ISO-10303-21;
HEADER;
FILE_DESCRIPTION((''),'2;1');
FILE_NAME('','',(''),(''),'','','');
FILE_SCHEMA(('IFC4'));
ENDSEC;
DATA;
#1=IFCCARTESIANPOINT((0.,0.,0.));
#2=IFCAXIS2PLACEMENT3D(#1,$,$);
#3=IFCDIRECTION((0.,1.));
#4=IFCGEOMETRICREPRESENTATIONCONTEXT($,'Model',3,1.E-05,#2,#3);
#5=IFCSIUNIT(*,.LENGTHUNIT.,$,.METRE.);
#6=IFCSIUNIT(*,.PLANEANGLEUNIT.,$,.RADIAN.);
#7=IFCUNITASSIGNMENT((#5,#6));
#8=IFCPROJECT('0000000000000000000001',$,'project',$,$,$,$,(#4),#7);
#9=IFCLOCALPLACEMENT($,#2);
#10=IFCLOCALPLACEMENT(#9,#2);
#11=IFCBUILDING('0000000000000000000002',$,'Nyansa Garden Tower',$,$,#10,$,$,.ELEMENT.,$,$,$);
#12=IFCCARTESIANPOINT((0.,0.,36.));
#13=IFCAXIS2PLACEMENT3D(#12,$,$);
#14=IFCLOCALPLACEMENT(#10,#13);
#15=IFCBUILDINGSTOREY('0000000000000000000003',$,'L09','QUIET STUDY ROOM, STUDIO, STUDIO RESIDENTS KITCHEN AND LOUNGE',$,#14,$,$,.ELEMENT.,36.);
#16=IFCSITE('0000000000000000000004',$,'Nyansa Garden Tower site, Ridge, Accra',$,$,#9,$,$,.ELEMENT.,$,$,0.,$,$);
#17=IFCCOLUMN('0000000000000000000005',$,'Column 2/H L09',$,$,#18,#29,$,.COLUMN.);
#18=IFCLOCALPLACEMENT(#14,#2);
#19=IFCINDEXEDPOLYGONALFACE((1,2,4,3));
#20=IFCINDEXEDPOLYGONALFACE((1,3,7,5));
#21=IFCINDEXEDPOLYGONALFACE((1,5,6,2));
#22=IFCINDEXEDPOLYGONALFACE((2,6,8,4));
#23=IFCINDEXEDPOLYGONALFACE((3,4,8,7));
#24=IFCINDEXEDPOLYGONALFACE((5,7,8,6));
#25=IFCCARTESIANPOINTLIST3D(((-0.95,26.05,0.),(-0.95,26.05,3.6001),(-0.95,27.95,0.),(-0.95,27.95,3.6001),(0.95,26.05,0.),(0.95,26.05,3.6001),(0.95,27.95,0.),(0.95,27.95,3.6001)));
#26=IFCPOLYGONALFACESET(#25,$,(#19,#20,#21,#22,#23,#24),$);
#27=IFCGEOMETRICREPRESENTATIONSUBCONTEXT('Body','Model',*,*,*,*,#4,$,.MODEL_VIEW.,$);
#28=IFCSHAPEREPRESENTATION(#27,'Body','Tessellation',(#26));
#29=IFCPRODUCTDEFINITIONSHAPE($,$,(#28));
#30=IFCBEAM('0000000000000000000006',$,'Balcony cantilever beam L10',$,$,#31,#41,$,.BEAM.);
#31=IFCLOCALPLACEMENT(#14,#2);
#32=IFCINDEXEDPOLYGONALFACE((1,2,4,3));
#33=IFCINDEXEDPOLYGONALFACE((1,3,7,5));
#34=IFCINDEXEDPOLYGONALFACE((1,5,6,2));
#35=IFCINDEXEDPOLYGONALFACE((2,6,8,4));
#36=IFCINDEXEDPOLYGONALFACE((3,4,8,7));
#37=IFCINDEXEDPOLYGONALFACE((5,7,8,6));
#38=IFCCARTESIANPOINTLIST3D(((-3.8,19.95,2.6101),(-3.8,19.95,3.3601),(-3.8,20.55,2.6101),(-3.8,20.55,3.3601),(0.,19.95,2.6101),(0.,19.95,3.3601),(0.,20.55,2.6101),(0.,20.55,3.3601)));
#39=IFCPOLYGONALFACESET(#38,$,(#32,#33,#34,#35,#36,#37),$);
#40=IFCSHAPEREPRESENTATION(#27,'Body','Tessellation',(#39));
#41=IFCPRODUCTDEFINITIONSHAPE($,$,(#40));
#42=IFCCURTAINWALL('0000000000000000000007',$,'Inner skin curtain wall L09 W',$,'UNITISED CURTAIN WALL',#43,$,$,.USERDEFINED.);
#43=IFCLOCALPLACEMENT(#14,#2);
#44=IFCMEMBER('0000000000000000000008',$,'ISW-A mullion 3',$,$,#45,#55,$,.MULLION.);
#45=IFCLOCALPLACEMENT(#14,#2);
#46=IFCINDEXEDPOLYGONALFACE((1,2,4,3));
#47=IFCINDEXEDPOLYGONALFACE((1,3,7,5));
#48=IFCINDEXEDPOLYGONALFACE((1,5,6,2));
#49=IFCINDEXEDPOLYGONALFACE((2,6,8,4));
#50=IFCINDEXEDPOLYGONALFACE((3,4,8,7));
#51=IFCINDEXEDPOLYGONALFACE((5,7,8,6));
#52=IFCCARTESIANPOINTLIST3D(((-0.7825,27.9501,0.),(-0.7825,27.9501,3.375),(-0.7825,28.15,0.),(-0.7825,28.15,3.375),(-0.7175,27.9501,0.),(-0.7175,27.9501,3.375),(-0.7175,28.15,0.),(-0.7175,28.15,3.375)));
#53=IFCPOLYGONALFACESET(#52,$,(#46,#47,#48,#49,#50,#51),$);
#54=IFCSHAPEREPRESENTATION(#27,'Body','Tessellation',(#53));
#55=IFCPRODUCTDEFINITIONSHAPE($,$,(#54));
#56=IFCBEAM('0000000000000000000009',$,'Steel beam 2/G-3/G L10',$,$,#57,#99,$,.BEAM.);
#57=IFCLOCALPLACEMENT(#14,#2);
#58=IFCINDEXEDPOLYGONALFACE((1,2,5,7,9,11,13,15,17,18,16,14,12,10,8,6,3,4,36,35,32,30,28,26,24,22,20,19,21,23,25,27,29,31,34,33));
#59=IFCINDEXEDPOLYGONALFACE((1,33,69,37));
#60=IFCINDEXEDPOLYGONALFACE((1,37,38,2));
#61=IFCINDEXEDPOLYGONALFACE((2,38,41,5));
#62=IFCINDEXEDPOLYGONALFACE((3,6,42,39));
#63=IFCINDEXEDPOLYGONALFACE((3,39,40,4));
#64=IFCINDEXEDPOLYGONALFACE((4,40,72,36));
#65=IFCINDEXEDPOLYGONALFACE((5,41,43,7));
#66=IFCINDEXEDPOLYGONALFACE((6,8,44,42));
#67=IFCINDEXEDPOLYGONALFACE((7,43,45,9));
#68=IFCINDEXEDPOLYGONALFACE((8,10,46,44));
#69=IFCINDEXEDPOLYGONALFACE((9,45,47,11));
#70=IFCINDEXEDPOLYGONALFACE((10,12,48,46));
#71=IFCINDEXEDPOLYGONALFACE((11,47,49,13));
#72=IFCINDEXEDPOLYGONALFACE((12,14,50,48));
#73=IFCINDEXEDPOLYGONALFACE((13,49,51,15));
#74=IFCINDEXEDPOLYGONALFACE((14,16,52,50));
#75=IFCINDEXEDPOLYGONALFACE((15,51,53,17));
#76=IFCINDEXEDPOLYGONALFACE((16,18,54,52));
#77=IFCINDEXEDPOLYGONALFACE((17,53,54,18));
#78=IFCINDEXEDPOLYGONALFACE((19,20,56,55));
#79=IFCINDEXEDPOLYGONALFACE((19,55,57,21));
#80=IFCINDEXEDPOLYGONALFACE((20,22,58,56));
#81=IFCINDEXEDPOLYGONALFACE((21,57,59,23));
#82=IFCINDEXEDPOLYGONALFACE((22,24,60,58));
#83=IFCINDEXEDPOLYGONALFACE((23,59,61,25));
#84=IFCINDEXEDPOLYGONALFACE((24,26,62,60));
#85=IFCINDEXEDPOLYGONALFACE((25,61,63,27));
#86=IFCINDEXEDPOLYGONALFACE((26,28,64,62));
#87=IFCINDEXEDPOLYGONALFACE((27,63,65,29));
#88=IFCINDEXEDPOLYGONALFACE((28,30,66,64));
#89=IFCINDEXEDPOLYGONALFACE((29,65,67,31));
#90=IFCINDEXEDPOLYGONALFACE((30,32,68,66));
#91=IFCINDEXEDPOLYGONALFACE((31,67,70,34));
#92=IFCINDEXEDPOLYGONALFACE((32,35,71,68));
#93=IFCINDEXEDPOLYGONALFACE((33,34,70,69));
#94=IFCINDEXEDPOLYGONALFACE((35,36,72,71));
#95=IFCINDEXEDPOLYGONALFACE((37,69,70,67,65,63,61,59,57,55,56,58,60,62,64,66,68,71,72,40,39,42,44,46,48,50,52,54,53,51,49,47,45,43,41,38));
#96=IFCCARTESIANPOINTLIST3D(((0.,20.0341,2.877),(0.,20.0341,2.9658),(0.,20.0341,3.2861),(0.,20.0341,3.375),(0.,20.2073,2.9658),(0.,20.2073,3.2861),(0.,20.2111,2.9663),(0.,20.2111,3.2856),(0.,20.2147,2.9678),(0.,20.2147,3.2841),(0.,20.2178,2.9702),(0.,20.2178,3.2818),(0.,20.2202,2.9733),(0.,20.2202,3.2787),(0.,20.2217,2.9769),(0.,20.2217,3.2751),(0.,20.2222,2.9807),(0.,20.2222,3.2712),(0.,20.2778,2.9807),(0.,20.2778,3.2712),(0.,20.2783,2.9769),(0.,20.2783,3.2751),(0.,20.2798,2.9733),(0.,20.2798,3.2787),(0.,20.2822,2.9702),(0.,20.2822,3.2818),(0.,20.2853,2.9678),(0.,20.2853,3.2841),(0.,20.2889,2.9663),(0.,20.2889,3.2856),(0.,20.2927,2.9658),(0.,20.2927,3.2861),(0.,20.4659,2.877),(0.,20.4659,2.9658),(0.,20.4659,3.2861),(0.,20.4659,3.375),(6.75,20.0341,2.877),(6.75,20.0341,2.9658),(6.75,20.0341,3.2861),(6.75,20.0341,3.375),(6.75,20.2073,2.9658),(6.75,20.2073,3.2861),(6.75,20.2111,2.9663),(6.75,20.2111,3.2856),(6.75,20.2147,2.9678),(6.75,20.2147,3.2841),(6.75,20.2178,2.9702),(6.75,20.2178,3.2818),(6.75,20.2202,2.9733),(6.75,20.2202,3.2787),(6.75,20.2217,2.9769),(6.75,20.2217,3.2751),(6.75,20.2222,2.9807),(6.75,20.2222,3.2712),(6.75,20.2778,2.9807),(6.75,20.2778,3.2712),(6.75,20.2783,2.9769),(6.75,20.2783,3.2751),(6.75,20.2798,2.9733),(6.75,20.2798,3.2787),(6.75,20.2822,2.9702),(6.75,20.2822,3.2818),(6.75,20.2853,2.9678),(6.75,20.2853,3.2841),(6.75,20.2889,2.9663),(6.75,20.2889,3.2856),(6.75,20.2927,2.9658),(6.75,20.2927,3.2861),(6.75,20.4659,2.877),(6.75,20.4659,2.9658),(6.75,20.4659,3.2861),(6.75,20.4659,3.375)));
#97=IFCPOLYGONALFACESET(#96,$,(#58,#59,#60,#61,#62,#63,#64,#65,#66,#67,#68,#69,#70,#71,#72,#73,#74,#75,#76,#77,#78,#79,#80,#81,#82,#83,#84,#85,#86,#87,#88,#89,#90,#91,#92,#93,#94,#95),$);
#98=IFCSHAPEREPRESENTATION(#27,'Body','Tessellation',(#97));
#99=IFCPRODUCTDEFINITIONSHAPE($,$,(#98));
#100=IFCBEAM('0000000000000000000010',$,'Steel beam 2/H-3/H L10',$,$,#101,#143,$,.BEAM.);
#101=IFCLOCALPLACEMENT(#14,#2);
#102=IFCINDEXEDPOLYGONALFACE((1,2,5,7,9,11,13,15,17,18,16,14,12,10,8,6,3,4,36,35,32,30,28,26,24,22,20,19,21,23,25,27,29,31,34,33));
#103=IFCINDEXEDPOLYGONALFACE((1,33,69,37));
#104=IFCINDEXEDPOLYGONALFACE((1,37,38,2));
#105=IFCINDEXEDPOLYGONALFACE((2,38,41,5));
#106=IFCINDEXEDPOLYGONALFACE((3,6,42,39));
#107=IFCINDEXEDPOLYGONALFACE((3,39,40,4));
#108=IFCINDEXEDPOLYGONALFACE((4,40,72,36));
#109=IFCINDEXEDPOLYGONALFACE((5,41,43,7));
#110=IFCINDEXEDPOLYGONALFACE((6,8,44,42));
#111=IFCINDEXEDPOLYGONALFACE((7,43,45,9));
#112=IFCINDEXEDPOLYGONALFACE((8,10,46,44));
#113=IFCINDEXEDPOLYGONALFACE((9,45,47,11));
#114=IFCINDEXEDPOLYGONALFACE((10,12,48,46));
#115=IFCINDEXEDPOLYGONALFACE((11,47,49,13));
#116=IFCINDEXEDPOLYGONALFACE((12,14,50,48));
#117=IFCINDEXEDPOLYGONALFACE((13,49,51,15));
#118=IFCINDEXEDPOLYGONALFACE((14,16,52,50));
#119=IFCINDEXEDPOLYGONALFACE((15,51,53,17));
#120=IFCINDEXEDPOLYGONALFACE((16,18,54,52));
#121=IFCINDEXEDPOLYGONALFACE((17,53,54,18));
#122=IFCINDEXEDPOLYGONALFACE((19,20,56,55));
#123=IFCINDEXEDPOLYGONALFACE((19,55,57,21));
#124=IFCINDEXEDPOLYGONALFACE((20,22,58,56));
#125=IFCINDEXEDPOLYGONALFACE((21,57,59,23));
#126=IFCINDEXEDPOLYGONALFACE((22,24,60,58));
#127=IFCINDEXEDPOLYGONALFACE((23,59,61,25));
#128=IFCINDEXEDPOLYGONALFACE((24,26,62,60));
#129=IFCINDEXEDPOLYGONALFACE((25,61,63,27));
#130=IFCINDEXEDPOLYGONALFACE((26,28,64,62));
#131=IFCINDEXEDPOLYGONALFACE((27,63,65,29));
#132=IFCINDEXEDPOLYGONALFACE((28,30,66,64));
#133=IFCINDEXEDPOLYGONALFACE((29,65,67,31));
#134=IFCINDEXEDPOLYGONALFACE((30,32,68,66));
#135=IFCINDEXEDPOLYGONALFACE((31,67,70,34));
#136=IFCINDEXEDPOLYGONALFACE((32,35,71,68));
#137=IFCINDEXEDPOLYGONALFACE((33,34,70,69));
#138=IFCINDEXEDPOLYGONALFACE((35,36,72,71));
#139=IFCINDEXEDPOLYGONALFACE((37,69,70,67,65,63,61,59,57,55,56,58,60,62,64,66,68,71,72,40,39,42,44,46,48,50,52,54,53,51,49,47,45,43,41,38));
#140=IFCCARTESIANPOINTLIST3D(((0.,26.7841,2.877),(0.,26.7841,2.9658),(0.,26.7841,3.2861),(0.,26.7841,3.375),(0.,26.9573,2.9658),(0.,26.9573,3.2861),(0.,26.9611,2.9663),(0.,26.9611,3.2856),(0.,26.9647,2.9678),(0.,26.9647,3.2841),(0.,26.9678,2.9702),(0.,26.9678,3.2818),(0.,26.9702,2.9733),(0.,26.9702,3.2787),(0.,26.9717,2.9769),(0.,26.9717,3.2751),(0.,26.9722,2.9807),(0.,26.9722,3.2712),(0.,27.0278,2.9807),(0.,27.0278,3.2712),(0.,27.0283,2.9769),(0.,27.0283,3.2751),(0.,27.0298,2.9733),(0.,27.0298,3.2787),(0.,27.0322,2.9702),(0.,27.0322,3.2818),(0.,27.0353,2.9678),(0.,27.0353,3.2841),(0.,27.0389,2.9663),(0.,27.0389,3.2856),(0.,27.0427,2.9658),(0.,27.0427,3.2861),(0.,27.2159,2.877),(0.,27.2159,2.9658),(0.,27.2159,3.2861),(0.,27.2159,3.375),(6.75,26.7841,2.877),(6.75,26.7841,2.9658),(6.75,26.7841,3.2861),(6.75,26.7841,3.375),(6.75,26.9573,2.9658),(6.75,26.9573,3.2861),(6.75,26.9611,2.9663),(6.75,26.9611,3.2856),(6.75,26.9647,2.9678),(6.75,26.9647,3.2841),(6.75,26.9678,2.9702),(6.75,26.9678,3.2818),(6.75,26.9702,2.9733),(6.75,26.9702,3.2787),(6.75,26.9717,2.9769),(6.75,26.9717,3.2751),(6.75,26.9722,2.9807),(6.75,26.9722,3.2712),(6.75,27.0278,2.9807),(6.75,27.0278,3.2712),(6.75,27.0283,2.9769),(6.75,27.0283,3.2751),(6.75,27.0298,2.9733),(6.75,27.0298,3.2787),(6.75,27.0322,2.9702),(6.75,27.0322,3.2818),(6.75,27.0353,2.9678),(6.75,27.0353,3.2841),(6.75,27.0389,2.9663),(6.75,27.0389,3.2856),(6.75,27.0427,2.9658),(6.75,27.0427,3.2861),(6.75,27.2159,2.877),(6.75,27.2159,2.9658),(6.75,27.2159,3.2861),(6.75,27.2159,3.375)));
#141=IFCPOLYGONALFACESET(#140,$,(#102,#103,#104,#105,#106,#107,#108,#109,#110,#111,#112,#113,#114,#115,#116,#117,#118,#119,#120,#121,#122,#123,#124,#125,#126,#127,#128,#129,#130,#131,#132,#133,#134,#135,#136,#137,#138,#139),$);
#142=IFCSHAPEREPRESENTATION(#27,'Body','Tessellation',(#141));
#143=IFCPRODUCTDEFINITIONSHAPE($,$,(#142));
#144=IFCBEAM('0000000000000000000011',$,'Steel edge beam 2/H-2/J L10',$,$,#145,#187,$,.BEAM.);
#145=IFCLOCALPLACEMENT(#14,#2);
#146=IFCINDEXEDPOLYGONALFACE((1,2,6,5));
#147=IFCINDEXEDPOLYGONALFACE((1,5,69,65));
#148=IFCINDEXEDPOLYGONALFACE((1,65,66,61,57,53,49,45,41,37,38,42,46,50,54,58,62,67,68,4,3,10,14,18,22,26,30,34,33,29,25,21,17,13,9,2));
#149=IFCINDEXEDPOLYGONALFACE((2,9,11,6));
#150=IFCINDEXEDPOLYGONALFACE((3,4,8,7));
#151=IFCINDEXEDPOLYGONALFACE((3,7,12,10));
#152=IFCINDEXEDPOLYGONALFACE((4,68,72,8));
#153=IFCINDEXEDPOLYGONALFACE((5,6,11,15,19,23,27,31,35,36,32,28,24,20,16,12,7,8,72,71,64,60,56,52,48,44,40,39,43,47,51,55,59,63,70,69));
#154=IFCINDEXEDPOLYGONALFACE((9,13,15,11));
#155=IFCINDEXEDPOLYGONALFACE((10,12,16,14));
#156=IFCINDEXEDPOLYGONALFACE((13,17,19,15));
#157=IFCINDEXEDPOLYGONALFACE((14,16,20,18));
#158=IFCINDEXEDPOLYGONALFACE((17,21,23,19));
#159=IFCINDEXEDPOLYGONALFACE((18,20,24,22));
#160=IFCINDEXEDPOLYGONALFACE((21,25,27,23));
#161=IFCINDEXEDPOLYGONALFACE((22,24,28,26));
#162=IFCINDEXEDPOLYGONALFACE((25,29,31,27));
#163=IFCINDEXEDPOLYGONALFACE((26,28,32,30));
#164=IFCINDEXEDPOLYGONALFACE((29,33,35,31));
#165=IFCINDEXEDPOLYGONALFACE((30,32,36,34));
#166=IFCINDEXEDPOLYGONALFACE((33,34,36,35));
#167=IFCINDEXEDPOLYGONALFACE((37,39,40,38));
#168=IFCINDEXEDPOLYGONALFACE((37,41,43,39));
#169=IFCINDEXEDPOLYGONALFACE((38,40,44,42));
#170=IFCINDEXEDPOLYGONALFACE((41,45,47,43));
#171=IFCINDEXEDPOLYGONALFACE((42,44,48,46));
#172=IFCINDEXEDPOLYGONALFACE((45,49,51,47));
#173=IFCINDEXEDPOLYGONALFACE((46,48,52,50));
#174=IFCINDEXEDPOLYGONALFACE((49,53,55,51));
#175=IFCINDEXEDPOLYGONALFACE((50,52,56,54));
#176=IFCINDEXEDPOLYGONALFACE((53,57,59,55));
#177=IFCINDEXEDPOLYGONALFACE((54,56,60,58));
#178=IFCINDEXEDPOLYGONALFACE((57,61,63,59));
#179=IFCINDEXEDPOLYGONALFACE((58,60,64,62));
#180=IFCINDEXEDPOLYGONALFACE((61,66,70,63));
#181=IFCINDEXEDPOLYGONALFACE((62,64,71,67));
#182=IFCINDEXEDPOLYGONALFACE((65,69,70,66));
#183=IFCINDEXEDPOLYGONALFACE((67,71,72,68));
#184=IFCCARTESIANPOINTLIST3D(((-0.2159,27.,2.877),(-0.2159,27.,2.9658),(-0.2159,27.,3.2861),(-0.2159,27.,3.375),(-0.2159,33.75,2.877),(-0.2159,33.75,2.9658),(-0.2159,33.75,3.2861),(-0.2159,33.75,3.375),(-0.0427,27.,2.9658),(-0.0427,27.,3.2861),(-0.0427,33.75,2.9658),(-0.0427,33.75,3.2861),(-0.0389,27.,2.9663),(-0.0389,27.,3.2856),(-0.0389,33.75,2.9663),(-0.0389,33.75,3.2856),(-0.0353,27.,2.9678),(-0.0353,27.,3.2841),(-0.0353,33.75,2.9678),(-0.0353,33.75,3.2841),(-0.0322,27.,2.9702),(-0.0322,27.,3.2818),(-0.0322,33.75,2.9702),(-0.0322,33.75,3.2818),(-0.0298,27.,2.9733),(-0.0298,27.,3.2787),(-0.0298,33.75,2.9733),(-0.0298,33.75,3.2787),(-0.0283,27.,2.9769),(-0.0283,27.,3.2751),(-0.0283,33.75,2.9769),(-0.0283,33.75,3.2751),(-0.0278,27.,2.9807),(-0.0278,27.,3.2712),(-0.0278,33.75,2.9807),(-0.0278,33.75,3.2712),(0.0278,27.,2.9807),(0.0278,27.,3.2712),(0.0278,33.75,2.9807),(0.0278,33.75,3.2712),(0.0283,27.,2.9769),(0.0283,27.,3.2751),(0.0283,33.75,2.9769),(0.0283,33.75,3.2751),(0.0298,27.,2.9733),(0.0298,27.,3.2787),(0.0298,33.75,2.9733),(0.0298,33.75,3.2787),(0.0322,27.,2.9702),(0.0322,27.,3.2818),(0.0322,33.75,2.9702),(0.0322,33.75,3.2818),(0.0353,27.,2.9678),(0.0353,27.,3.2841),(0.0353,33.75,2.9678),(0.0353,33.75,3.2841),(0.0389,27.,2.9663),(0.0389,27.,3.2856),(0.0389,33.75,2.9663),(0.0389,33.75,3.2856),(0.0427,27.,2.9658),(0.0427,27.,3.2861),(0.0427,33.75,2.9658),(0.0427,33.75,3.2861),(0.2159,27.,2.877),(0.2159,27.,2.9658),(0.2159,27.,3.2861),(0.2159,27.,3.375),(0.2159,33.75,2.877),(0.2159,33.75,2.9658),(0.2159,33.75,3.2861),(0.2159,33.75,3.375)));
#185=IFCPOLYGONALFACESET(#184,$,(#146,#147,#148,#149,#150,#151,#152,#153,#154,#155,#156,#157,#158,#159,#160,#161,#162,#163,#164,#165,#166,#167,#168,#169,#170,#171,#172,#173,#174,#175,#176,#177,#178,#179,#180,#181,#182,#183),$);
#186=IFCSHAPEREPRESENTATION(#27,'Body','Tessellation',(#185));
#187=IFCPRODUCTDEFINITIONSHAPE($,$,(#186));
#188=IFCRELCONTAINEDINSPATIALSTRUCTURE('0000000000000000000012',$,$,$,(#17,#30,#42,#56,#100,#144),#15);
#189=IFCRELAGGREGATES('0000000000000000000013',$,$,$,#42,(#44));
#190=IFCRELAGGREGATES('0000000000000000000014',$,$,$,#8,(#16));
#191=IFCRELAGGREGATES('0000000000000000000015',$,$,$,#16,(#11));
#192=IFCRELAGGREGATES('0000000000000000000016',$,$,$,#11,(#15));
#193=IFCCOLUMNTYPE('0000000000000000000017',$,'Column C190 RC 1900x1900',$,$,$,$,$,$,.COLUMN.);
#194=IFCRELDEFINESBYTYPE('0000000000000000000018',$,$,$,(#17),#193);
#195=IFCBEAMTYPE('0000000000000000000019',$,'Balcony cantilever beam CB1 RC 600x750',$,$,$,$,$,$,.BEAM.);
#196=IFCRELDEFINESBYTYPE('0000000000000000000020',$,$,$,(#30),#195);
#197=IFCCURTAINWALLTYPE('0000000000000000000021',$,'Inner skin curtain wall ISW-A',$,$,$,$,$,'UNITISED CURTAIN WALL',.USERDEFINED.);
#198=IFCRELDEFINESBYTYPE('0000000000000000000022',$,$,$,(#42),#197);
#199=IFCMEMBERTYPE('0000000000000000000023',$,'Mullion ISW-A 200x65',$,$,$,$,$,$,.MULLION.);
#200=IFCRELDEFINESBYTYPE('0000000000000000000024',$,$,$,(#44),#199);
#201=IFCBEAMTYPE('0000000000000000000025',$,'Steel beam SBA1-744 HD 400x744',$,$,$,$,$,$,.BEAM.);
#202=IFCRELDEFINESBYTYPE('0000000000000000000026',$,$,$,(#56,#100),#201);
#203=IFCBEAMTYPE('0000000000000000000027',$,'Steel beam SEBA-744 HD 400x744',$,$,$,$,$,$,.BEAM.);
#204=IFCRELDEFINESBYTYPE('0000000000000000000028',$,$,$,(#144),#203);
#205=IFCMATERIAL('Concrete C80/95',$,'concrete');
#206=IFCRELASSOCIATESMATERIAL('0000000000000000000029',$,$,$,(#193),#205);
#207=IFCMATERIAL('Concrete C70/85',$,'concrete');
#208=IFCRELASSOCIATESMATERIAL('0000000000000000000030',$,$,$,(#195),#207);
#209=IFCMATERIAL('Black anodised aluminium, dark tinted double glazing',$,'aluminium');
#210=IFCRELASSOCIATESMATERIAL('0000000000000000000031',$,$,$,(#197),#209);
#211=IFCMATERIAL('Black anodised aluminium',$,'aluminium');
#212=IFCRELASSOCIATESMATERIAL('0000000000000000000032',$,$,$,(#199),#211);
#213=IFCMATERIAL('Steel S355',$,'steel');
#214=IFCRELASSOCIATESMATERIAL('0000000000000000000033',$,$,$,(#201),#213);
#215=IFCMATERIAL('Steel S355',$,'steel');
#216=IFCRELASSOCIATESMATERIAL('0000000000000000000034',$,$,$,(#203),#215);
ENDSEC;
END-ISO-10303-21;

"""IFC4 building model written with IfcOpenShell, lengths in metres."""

from ifc_helpers import new_model, si_unit, direction, frame, origin, origin_2d, place, context, subcontext, project, spatial, rectangle, i_section, extrude, material, material_profile, profile_set, type_object, element, aggregate, save


model = new_model("IFC4")

# Units and contexts
model_context = context("Model", 3, precision=1e-05, world=origin(), true_north=direction((0.0, 1.0)))
body_context = subcontext(model_context, "Body", "Model", "MODEL_VIEW")
ifc_project = project(units=[si_unit("LENGTHUNIT", "METRE"), si_unit("PLANEANGLEUNIT", "RADIAN")], contexts=[model_context])

# Site, building, storey
site_placement = place(None, origin())
site = spatial("IfcSite", under=ifc_project, at=site_placement, Name="Nyansa Garden Tower site, Ridge, Accra", CompositionType="ELEMENT", RefElevation=0.0)
building_placement = place(site_placement, origin())
building = spatial("IfcBuilding", under=site, at=building_placement, Name="Nyansa Garden Tower", CompositionType="ELEMENT")
storey_placement = place(building_placement, frame((0.0, 0.0, 36.0)))
storey = spatial("IfcBuildingStorey", under=building, at=storey_placement, Name="L09", Description="QUIET STUDY ROOM, STUDIO, STUDIO RESIDENTS KITCHEN AND LOUNGE", CompositionType="ELEMENT", Elevation=36.0)

# Column
ifc_material_1 = material(Name="Concrete C80/95", Category="concrete")
ifc_material_profile_1 = material_profile(ifc_material_1, rectangle(XDim=1.8999, YDim=1.8999, at=origin_2d()), Name="RC 1900x1900")
ifc_profile_set_1 = profile_set([ifc_material_profile_1], Name="Concrete C80/95")
column_type = type_object("IfcColumnType", Name="Column C190 RC 1900x1900", PredefinedType="COLUMN", material=ifc_profile_set_1)
column_placement = place(storey_placement, frame((0.0, 27.0, 0.0), z_axis=(0.0, 0.0, 1.0), x_axis=(1.0, 0.0, 0.0)))
element("IfcColumn", 1, at=column_placement, inside=storey, type_object=column_type, Name="Column 2/H L09", PredefinedType="COLUMN", context=body_context, shape_type="SweptSolid", body=[
    extrude(rectangle(XDim=1.8999, YDim=1.8999, at=origin_2d()), origin(), (0.0, 0.0, 1.0), 3.6001),
])

# Beam
ifc_material_2 = material(Name="Concrete C70/85", Category="concrete")
ifc_material_profile_2 = material_profile(ifc_material_2, rectangle(XDim=0.6001, YDim=0.75, at=origin_2d()), Name="RC 600x750")
ifc_profile_set_2 = profile_set([ifc_material_profile_2], Name="Concrete C70/85")
beam_type_1 = type_object("IfcBeamType", Name="Balcony cantilever beam CB1 RC 600x750", PredefinedType="BEAM", material=ifc_profile_set_2)
beam_1_placement = place(storey_placement, frame((0.0, 20.25, 2.9851), z_axis=(-1.0, 0.0, 0.0), x_axis=(0.0, -1.0, 0.0)))
element("IfcBeam", 2, at=beam_1_placement, inside=storey, type_object=beam_type_1, Name="Balcony cantilever beam L10", PredefinedType="BEAM", context=body_context, shape_type="SweptSolid", body=[
    extrude(rectangle(XDim=0.6001, YDim=0.75, at=origin_2d()), origin(), (0.0, 0.0, 1.0), 3.8),
])

# Curtain wall, member
ifc_material_3 = material(Name="Black anodised aluminium, dark tinted double glazing", Category="aluminium")
curtain_wall_type = type_object("IfcCurtainWallType", Name="Inner skin curtain wall ISW-A", ElementType="UNITISED CURTAIN WALL", PredefinedType="USERDEFINED", material=ifc_material_3)
curtain_wall_placement = place(storey_placement, origin())
curtain_wall = element("IfcCurtainWall", 3, at=curtain_wall_placement, inside=storey, type_object=curtain_wall_type, Name="Inner skin curtain wall L09 W", ObjectType="UNITISED CURTAIN WALL", PredefinedType="USERDEFINED")
ifc_material_4 = material(Name="Black anodised aluminium", Category="aluminium")
ifc_material_profile_3 = material_profile(ifc_material_4, rectangle(XDim=0.0649, YDim=0.2, at=origin_2d()), Name="Mullion 200x65")
ifc_profile_set_3 = profile_set([ifc_material_profile_3], Name="Black anodised aluminium")
member_type = type_object("IfcMemberType", Name="Mullion ISW-A 200x65", PredefinedType="MULLION", material=ifc_profile_set_3)
member_placement = place(storey_placement, frame((-0.75, 28.05, 0.0), z_axis=(0.0, 0.0, 1.0), x_axis=(1.0, 0.0, 0.0)))
member = element("IfcMember", 4, at=member_placement, type_object=member_type, Name="ISW-A mullion 3", PredefinedType="MULLION", context=body_context, shape_type="SweptSolid", body=[
    extrude(rectangle(XDim=0.0649, YDim=0.2, at=origin_2d()), origin(), (0.0, 0.0, 1.0), 3.375),
])
aggregate(curtain_wall, [member])

# Beams
ifc_material_5 = material(Name="Steel S355", Category="steel")
ifc_material_profile_4 = material_profile(ifc_material_5, i_section(OverallWidth=0.4319, OverallDepth=0.498, WebThickness=0.0557, FlangeThickness=0.0889, FilletRadius=0.0149, at=origin_2d()), Name="HD 400x744")
ifc_profile_set_4 = profile_set([ifc_material_profile_4], Name="Steel S355")
beam_type_2 = type_object("IfcBeamType", Name="Steel beam SBA1-744 HD 400x744", PredefinedType="BEAM", material=ifc_profile_set_4)
for number, where, z_axis, x_axis, name in (
    (5, (0.0, 20.25, 3.126), (1.0, 0.0, 0.0), (0.0, 1.0, 0.0), "Steel beam 2/G-3/G L10"),
    (6, (0.0, 27.0, 3.126), (1.0, 0.0, 0.0), (0.0, 1.0, 0.0), "Steel beam 2/H-3/H L10"),
):
    element("IfcBeam", number, at=place(storey_placement, frame(where, z_axis=z_axis, x_axis=x_axis)), inside=storey, type_object=beam_type_2, Name=name, PredefinedType="BEAM", context=body_context, shape_type="SweptSolid", body=[
        extrude(i_section(OverallWidth=0.4319, OverallDepth=0.498, WebThickness=0.0557, FlangeThickness=0.0889, FilletRadius=0.0149, at=origin_2d()), origin(), (0.0, 0.0, 1.0), 6.75),
    ])
ifc_material_6 = material(Name="Steel S355", Category="steel")
ifc_material_profile_5 = material_profile(ifc_material_6, i_section(OverallWidth=0.4319, OverallDepth=0.498, WebThickness=0.0557, FlangeThickness=0.0889, FilletRadius=0.0149, at=origin_2d()), Name="HD 400x744")
ifc_profile_set_5 = profile_set([ifc_material_profile_5], Name="Steel S355")
beam_type_3 = type_object("IfcBeamType", Name="Steel beam SEBA-744 HD 400x744", PredefinedType="BEAM", material=ifc_profile_set_5)
beam_2_placement = place(storey_placement, frame((0.0, 27.0, 3.126), z_axis=(0.0, 1.0, 0.0), x_axis=(-1.0, 0.0, 0.0)))
element("IfcBeam", 7, at=beam_2_placement, inside=storey, type_object=beam_type_3, Name="Steel edge beam 2/H-2/J L10", PredefinedType="BEAM", context=body_context, shape_type="SweptSolid", body=[
    extrude(i_section(OverallWidth=0.4319, OverallDepth=0.498, WebThickness=0.0557, FlangeThickness=0.0889, FilletRadius=0.0149, at=origin_2d()), origin(), (0.0, 0.0, 1.0), 6.75),
])

save(model, "model.ifc")
